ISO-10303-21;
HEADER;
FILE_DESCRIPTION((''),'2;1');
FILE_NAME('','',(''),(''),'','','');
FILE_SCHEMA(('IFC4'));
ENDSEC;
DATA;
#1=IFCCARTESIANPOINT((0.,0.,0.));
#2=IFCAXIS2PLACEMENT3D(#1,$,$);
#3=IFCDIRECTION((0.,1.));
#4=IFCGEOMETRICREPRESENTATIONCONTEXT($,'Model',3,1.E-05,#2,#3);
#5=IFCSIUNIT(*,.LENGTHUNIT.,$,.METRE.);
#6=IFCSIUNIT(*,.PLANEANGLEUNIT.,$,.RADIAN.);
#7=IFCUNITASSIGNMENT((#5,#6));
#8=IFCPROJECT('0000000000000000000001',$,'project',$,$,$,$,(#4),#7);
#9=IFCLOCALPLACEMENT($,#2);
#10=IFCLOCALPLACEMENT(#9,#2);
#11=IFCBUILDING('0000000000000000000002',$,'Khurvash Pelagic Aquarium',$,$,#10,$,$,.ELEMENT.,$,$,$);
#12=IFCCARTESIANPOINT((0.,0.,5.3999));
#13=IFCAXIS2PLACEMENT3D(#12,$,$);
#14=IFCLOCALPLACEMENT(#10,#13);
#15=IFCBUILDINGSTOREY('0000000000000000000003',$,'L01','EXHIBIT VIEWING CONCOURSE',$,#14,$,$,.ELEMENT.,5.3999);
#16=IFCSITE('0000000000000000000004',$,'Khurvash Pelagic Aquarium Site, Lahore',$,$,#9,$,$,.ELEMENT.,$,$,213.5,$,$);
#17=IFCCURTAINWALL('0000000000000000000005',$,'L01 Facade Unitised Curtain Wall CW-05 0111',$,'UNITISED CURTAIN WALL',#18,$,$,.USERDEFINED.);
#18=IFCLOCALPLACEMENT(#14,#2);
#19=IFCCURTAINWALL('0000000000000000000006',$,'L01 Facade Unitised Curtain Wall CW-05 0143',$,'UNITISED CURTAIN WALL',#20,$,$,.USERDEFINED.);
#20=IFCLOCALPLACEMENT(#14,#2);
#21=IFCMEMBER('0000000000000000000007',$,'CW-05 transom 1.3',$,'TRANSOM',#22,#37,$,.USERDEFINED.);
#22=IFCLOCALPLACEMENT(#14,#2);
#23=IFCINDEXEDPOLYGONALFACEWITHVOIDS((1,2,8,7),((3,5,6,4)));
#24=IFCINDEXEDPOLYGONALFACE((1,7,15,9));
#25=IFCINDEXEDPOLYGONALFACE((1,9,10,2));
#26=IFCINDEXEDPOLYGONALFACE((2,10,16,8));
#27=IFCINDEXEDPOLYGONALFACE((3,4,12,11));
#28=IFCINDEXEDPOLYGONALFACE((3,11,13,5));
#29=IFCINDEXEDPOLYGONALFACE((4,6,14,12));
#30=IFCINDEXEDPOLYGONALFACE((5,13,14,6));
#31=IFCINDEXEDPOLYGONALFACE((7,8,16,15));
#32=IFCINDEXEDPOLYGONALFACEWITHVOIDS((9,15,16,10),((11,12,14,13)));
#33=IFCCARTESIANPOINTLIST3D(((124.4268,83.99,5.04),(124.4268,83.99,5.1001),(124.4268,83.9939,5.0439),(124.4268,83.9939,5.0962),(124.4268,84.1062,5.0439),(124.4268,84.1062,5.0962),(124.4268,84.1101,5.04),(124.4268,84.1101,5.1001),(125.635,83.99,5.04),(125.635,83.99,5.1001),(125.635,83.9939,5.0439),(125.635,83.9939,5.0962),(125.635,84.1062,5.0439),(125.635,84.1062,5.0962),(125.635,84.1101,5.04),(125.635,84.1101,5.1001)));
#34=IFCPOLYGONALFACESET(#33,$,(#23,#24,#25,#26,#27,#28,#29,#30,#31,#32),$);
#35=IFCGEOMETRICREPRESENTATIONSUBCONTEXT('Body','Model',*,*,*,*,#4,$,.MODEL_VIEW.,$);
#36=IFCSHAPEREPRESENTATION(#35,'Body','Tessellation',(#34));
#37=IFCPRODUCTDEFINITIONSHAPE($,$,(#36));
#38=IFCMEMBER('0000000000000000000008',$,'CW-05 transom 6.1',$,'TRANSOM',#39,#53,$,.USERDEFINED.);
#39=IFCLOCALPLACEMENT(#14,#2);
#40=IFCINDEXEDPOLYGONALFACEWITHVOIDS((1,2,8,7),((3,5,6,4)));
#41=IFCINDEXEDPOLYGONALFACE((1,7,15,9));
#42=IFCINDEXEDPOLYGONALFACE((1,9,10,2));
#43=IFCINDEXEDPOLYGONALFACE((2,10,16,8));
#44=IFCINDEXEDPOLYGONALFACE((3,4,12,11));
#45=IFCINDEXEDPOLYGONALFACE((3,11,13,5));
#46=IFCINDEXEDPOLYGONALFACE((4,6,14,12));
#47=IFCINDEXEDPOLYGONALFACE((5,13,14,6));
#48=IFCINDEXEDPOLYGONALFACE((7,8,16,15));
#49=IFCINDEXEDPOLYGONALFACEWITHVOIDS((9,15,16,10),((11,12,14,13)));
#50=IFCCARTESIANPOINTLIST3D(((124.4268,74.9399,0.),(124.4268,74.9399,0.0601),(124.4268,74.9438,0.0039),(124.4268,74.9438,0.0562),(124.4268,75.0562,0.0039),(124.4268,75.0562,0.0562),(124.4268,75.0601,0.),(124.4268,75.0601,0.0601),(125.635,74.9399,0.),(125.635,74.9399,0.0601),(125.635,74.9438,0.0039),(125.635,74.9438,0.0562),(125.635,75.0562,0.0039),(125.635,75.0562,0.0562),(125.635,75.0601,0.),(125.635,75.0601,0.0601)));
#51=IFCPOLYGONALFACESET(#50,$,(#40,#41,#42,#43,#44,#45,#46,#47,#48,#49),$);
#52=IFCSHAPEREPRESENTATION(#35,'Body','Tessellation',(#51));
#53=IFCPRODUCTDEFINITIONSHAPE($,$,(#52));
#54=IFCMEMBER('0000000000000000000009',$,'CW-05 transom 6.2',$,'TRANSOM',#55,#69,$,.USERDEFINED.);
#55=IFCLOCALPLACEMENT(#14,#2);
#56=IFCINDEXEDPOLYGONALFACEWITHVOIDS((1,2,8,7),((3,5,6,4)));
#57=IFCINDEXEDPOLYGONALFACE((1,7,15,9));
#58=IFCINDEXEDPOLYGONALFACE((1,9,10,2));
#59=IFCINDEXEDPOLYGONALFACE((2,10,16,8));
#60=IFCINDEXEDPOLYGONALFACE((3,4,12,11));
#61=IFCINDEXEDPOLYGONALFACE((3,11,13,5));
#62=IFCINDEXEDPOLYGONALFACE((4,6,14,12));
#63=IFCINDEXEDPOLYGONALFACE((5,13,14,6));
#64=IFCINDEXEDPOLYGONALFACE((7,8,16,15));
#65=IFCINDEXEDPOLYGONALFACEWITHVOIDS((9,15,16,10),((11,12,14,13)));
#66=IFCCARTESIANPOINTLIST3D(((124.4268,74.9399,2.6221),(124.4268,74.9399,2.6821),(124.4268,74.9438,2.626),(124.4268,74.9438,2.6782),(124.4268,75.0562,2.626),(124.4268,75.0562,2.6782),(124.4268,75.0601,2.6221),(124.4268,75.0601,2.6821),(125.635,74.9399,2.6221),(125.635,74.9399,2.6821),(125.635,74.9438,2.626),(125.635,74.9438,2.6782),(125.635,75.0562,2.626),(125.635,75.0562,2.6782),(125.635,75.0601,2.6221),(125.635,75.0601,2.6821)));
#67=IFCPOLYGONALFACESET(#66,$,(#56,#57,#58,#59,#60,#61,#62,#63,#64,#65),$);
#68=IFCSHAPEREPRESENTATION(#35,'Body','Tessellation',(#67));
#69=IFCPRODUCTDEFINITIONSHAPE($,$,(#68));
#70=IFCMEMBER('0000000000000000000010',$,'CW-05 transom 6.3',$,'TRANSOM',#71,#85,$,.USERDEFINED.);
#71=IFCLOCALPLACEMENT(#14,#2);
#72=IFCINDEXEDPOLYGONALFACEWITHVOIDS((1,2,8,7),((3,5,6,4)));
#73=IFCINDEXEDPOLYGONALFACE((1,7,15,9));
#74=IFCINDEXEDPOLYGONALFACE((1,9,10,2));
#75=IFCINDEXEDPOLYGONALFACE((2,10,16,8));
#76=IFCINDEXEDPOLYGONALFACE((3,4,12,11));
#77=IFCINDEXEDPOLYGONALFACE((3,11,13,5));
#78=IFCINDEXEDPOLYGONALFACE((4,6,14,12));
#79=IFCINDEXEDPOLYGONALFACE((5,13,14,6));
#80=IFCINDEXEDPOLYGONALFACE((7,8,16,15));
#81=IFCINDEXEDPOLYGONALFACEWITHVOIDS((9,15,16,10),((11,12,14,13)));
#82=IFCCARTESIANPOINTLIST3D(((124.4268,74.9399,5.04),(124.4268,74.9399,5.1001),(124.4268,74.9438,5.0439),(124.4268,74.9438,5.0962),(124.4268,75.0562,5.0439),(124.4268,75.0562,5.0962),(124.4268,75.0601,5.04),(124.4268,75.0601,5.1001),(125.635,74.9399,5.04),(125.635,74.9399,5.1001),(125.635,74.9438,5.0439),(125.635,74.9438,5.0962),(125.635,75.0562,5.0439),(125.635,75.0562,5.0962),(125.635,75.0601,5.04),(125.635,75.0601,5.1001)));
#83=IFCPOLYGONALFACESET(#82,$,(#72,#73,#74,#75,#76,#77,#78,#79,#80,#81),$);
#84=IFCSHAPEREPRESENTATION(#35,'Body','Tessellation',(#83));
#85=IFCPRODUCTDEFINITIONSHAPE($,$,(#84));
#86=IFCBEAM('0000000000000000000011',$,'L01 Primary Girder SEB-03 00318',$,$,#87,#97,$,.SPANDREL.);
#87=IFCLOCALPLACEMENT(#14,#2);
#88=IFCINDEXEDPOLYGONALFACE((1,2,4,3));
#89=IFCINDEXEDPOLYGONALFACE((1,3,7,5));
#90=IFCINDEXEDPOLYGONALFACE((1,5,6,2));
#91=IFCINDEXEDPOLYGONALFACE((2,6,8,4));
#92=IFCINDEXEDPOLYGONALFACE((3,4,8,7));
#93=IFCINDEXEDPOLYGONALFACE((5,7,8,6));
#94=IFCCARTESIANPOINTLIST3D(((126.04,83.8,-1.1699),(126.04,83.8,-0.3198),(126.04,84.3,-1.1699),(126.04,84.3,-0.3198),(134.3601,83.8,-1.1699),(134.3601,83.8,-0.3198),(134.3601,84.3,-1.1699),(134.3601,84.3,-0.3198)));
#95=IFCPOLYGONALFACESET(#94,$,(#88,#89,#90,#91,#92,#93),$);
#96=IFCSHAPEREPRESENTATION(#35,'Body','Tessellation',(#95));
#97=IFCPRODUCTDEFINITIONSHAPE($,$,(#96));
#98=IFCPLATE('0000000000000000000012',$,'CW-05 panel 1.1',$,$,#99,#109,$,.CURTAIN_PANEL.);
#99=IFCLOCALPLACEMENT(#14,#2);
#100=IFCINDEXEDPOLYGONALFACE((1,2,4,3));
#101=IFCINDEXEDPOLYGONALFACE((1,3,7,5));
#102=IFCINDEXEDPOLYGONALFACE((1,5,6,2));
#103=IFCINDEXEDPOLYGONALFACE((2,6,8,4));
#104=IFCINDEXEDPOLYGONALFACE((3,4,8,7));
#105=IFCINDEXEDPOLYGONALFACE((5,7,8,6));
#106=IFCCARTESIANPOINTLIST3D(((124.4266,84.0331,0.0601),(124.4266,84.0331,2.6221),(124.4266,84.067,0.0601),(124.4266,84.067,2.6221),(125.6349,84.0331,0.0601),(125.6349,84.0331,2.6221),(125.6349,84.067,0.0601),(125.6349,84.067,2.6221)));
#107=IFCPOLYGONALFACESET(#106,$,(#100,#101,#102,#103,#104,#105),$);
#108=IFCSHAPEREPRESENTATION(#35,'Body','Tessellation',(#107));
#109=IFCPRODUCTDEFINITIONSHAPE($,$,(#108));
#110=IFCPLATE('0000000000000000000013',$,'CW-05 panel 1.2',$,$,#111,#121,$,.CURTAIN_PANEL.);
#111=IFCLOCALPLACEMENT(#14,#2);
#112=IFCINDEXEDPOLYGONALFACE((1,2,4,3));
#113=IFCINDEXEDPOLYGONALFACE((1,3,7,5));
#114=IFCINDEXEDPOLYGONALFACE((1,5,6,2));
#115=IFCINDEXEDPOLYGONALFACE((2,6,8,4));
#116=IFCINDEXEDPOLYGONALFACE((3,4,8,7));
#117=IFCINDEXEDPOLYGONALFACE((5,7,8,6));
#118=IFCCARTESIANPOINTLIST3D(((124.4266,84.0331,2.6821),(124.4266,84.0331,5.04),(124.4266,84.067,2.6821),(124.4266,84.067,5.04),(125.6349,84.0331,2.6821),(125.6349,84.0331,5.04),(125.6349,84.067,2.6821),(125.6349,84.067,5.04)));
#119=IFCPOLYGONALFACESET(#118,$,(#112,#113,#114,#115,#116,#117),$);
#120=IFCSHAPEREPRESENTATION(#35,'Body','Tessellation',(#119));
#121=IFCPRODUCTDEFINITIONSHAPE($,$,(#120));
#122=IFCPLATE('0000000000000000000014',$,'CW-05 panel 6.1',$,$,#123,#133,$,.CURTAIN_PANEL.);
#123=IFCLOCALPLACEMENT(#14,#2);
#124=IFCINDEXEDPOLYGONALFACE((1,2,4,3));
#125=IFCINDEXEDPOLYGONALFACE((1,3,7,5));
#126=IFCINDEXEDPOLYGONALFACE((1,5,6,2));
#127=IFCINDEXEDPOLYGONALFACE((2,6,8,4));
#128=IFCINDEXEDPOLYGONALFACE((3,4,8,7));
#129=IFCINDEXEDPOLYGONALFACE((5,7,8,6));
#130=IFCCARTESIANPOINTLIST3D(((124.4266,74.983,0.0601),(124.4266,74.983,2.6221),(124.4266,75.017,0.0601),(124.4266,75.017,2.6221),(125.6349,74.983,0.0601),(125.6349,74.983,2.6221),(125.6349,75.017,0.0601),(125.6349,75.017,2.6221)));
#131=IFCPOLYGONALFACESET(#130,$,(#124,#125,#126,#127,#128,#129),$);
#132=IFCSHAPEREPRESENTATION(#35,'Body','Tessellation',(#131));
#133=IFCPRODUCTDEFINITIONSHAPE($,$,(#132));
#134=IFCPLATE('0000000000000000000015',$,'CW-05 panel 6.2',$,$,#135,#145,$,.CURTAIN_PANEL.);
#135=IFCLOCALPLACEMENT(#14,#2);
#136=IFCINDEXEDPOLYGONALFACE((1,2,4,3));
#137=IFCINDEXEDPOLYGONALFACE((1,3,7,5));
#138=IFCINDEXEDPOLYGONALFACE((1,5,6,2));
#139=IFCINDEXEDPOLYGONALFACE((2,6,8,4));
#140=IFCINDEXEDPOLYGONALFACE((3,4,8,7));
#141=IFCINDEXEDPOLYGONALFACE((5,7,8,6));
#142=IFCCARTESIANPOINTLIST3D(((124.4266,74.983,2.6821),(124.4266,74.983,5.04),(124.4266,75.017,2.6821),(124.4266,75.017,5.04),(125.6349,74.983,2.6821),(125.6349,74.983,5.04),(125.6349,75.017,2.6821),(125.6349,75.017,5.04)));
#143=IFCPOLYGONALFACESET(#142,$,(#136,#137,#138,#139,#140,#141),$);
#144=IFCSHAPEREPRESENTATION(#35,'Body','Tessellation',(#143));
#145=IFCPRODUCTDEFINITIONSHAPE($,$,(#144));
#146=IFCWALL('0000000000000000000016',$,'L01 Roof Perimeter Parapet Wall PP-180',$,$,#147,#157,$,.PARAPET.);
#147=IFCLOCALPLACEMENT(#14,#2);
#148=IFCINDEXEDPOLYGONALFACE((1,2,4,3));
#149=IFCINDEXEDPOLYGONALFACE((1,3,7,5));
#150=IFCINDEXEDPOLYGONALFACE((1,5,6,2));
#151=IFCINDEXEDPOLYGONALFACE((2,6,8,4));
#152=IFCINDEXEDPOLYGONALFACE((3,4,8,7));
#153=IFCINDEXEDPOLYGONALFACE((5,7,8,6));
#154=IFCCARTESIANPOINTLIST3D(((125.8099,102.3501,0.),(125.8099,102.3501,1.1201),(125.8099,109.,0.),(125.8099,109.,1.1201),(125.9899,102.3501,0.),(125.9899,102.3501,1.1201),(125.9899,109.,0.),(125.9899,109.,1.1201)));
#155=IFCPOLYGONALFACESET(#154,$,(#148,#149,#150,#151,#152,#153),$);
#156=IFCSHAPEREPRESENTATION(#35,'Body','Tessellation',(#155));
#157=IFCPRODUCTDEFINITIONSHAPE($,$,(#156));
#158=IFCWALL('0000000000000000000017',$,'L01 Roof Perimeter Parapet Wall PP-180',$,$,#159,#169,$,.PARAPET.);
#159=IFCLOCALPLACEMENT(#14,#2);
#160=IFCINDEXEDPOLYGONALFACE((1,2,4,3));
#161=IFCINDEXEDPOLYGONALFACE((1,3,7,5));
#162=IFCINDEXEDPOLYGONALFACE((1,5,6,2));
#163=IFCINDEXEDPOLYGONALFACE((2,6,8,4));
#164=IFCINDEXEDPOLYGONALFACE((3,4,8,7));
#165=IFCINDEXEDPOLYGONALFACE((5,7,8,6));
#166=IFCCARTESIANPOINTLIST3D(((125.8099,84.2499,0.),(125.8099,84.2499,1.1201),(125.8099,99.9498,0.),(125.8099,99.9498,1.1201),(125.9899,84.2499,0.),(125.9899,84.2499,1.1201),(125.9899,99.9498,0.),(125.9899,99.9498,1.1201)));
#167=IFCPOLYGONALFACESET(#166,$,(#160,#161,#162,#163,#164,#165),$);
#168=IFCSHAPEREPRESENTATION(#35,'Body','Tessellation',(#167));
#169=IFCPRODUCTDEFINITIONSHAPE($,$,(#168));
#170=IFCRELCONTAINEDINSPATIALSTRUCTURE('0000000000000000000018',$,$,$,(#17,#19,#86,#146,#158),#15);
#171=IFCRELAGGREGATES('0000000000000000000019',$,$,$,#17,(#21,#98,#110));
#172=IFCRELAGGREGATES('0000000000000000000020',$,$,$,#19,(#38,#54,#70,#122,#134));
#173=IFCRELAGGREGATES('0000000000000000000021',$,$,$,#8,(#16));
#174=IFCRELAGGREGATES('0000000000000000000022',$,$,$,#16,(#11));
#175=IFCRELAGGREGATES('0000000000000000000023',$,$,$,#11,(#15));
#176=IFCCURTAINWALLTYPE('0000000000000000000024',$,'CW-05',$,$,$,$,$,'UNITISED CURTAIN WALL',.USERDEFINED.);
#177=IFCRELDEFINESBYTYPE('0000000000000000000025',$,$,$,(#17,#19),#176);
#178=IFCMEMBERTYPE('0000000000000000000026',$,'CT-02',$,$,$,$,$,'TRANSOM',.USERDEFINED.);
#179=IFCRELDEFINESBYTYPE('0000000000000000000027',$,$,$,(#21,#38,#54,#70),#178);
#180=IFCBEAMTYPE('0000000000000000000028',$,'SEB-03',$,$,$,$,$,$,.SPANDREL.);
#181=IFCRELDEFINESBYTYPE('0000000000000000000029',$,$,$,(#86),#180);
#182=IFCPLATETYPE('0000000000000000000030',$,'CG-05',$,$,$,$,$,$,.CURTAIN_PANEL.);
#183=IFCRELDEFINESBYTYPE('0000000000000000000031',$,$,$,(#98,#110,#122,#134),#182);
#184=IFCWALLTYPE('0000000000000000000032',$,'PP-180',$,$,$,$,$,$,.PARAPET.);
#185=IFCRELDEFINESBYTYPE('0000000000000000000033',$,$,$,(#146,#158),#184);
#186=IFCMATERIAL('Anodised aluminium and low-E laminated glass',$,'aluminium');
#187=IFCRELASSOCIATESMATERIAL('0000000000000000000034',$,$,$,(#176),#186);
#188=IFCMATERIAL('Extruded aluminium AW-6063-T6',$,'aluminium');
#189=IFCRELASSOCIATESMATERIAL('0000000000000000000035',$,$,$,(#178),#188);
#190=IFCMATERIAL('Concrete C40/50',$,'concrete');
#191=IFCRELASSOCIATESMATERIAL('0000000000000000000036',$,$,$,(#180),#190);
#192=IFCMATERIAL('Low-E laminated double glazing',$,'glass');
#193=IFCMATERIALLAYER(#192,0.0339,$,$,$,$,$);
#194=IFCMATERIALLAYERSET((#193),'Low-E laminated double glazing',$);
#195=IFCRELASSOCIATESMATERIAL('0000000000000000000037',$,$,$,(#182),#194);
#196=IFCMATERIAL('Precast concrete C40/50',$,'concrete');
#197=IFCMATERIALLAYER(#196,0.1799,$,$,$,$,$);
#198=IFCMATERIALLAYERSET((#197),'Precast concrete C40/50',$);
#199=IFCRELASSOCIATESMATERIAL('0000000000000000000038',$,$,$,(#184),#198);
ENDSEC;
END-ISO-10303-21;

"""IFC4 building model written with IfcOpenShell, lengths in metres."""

from ifc_helpers import new_model, si_unit, direction, frame, frame_2d, origin, origin_2d, place, context, subcontext, project, spatial, rectangle, hollow_rectangle, extrude, material, layer, layer_set, material_profile, profile_set, type_object, element, aggregate, save


model = new_model("IFC4")

# Units and contexts
model_context = context("Model", 3, precision=1e-05, world=origin(), true_north=direction((0.0, 1.0)))
body_context = subcontext(model_context, "Body", "Model", "MODEL_VIEW")
ifc_project = project(units=[si_unit("LENGTHUNIT", "METRE"), si_unit("PLANEANGLEUNIT", "RADIAN")], contexts=[model_context])

# Site, building, storey
site_placement = place(None, origin())
site = spatial("IfcSite", under=ifc_project, at=site_placement, Name="Khurvash Pelagic Aquarium Site, Lahore", CompositionType="ELEMENT", RefElevation=213.5)
building_placement = place(site_placement, origin())
building = spatial("IfcBuilding", under=site, at=building_placement, Name="Khurvash Pelagic Aquarium", CompositionType="ELEMENT")
storey_placement = place(building_placement, frame((0.0, 0.0, 5.3999)))
storey = spatial("IfcBuildingStorey", under=building, at=storey_placement, Name="L01", Description="EXHIBIT VIEWING CONCOURSE", CompositionType="ELEMENT", Elevation=5.3999)

# Shared definitions
ifc_material_1 = material(Name="Concrete C40/50", Category="concrete")

# Curtain walls
ifc_material_2 = material(Name="Anodised aluminium and low-E laminated glass", Category="aluminium")
curtain_wall_type = type_object("IfcCurtainWallType", Name="CW-05", ElementType="UNITISED CURTAIN WALL", PredefinedType="USERDEFINED", material=ifc_material_2)
curtain_wall_1_placement = place(storey_placement, origin())
curtain_wall_1 = element("IfcCurtainWall", 1, at=curtain_wall_1_placement, inside=storey, type_object=curtain_wall_type, Name="L01 Facade Unitised Curtain Wall CW-05 0111", ObjectType="UNITISED CURTAIN WALL", PredefinedType="USERDEFINED")
ifc_material_3 = material(Name="Extruded aluminium AW-6063-T6", Category="aluminium")
curtain_wall_2_placement = place(storey_placement, origin())
curtain_wall_2 = element("IfcCurtainWall", 2, at=curtain_wall_2_placement, inside=storey, type_object=curtain_wall_type, Name="L01 Facade Unitised Curtain Wall CW-05 0143", ObjectType="UNITISED CURTAIN WALL", PredefinedType="USERDEFINED")

# Members
ifc_material_profile_1 = material_profile(ifc_material_3, hollow_rectangle(XDim=0.1201, YDim=0.0601, WallThickness=0.0039, at=origin_2d()), Name="CWT120X60X4")
ifc_profile_set_1 = profile_set([ifc_material_profile_1], Name="Extruded aluminium AW-6063-T6")
member_type_1 = type_object("IfcMemberType", Name="CT-02", ElementType="TRANSOM", PredefinedType="USERDEFINED", material=ifc_profile_set_1)
member_1_placement = place(storey_placement, frame((125.635, 84.05, 5.0701), z_axis=(-1.0, 0.0, 0.0), x_axis=(0.0, -1.0, 0.0)))
member_1 = element("IfcMember", 3, at=member_1_placement, type_object=member_type_1, Name="CW-05 transom 1.3", ObjectType="TRANSOM", PredefinedType="USERDEFINED", context=body_context, shape_type="SweptSolid", body=[
    extrude(hollow_rectangle(XDim=0.1201, YDim=0.0601, WallThickness=0.0039, at=origin_2d()), origin(), (0.0, 0.0, 1.0), 1.2083),
])
member_2_placement = place(storey_placement, frame((124.4268, 75.0, 0.03), z_axis=(1.0, 0.0, 0.0), x_axis=(0.0, 1.0, 0.0)))
member_2 = element("IfcMember", 4, at=member_2_placement, type_object=member_type_1, Name="CW-05 transom 6.1", ObjectType="TRANSOM", PredefinedType="USERDEFINED", context=body_context, shape_type="SweptSolid", body=[
    extrude(hollow_rectangle(XDim=0.1201, YDim=0.0601, WallThickness=0.0039, at=origin_2d()), origin(), (0.0, 0.0, 1.0), 1.2083),
])
member_3_placement = place(storey_placement, frame((124.4268, 75.0, 2.6521), z_axis=(1.0, 0.0, 0.0), x_axis=(0.0, 1.0, 0.0)))
member_3 = element("IfcMember", 5, at=member_3_placement, type_object=member_type_1, Name="CW-05 transom 6.2", ObjectType="TRANSOM", PredefinedType="USERDEFINED", context=body_context, shape_type="SweptSolid", body=[
    extrude(hollow_rectangle(XDim=0.1201, YDim=0.0601, WallThickness=0.0039, at=origin_2d()), origin(), (0.0, 0.0, 1.0), 1.2083),
])
member_4_placement = place(storey_placement, frame((124.4268, 75.0, 5.0701), z_axis=(1.0, 0.0, 0.0), x_axis=(0.0, 1.0, 0.0)))
member_4 = element("IfcMember", 6, at=member_4_placement, type_object=member_type_1, Name="CW-05 transom 6.3", ObjectType="TRANSOM", PredefinedType="USERDEFINED", context=body_context, shape_type="SweptSolid", body=[
    extrude(hollow_rectangle(XDim=0.1201, YDim=0.0601, WallThickness=0.0039, at=origin_2d()), origin(), (0.0, 0.0, 1.0), 1.2083),
])

# Beam
ifc_material_profile_2 = material_profile(ifc_material_1, rectangle(XDim=0.5, YDim=0.8501, at=origin_2d()), Name="RC500X850")
ifc_profile_set_2 = profile_set([ifc_material_profile_2], Name="Concrete C40/50")
beam_type_1 = type_object("IfcBeamType", Name="SEB-03", PredefinedType="SPANDREL", material=ifc_profile_set_2)
beam_1_placement = place(storey_placement, frame((126.04, 84.05, -0.7449), z_axis=(1.0, 0.0, 0.0), x_axis=(0.0, 1.0, 0.0)))
element("IfcBeam", 7, at=beam_1_placement, inside=storey, type_object=beam_type_1, Name="L01 Primary Girder SEB-03 00318", PredefinedType="SPANDREL", context=body_context, shape_type="SweptSolid", body=[
    extrude(rectangle(XDim=0.5, YDim=0.8501, at=origin_2d()), origin(), (0.0, 0.0, 1.0), 8.3201),
])

# Plates
ifc_material_4 = material(Name="Low-E laminated double glazing", Category="glass")
ifc_layer_1 = layer(ifc_material_4, 0.0339)
ifc_layer_set_1 = layer_set([ifc_layer_1], Name="Low-E laminated double glazing")
plate_type = type_object("IfcPlateType", Name="CG-05", PredefinedType="CURTAIN_PANEL", material=ifc_layer_set_1)
plate_1_placement = place(storey_placement, frame((125.0308, 84.05, 0.0601), z_axis=(0.0, 0.0, 1.0), x_axis=(-1.0, 0.0, 0.0)))
plate_1 = element("IfcPlate", 8, at=plate_1_placement, type_object=plate_type, Name="CW-05 panel 1.1", PredefinedType="CURTAIN_PANEL", context=body_context, shape_type="SweptSolid", body=[
    extrude(rectangle(XDim=1.2083, YDim=0.0339, at=origin_2d()), origin(), (0.0, 0.0, 1.0), 2.562),
])
plate_2_placement = place(storey_placement, frame((125.0308, 84.05, 2.6821), z_axis=(0.0, 0.0, 1.0), x_axis=(-1.0, 0.0, 0.0)))
plate_2 = element("IfcPlate", 9, at=plate_2_placement, type_object=plate_type, Name="CW-05 panel 1.2", PredefinedType="CURTAIN_PANEL", context=body_context, shape_type="SweptSolid", body=[
    extrude(rectangle(XDim=1.2083, YDim=0.0339, at=origin_2d()), origin(), (0.0, 0.0, 1.0), 2.3579),
])
aggregate(curtain_wall_1, [member_1, plate_1, plate_2])
plate_3_placement = place(storey_placement, frame((125.0308, 75.0, 0.0601), z_axis=(0.0, 0.0, 1.0), x_axis=(1.0, 0.0, 0.0)))
plate_3 = element("IfcPlate", 10, at=plate_3_placement, type_object=plate_type, Name="CW-05 panel 6.1", PredefinedType="CURTAIN_PANEL", context=body_context, shape_type="SweptSolid", body=[
    extrude(rectangle(XDim=1.2083, YDim=0.0339, at=origin_2d()), origin(), (0.0, 0.0, 1.0), 2.562),
])
plate_4_placement = place(storey_placement, frame((125.0308, 75.0, 2.6821), z_axis=(0.0, 0.0, 1.0), x_axis=(1.0, 0.0, 0.0)))
plate_4 = element("IfcPlate", 11, at=plate_4_placement, type_object=plate_type, Name="CW-05 panel 6.2", PredefinedType="CURTAIN_PANEL", context=body_context, shape_type="SweptSolid", body=[
    extrude(rectangle(XDim=1.2083, YDim=0.0339, at=origin_2d()), origin(), (0.0, 0.0, 1.0), 2.3579),
])
aggregate(curtain_wall_2, [member_2, member_3, member_4, plate_3, plate_4])

# Walls
ifc_material_5 = material(Name="Precast concrete C40/50", Category="concrete")
ifc_layer_2 = layer(ifc_material_5, 0.1799)
ifc_layer_set_2 = layer_set([ifc_layer_2], Name="Precast concrete C40/50")
wall_type = type_object("IfcWallType", Name="PP-180", PredefinedType="PARAPET", material=ifc_layer_set_2)
wall_1_placement = place(storey_placement, frame((125.8999, 109.0, 0.0), z_axis=(0.0, 0.0, 1.0), x_axis=(0.0, -1.0, 0.0)))
element("IfcWall", 12, at=wall_1_placement, inside=storey, type_object=wall_type, Name="L01 Roof Perimeter Parapet Wall PP-180", PredefinedType="PARAPET", context=body_context, shape_type="SweptSolid", body=[
    extrude(rectangle(XDim=6.6499, YDim=0.1799, at=frame_2d((3.325, 0.0))), origin(), (0.0, 0.0, 1.0), 1.1201),
])
wall_2_placement = place(storey_placement, frame((125.8999, 99.95, 0.0), z_axis=(0.0, 0.0, 1.0), x_axis=(0.0, -1.0, 0.0)))
element("IfcWall", 13, at=wall_2_placement, inside=storey, type_object=wall_type, Name="L01 Roof Perimeter Parapet Wall PP-180", PredefinedType="PARAPET", context=body_context, shape_type="SweptSolid", body=[
    extrude(rectangle(XDim=15.7, YDim=0.1799, at=frame_2d((7.8501, 0.0))), origin(), (0.0, 0.0, 1.0), 1.1201),
])

save(model, "model.ifc")
